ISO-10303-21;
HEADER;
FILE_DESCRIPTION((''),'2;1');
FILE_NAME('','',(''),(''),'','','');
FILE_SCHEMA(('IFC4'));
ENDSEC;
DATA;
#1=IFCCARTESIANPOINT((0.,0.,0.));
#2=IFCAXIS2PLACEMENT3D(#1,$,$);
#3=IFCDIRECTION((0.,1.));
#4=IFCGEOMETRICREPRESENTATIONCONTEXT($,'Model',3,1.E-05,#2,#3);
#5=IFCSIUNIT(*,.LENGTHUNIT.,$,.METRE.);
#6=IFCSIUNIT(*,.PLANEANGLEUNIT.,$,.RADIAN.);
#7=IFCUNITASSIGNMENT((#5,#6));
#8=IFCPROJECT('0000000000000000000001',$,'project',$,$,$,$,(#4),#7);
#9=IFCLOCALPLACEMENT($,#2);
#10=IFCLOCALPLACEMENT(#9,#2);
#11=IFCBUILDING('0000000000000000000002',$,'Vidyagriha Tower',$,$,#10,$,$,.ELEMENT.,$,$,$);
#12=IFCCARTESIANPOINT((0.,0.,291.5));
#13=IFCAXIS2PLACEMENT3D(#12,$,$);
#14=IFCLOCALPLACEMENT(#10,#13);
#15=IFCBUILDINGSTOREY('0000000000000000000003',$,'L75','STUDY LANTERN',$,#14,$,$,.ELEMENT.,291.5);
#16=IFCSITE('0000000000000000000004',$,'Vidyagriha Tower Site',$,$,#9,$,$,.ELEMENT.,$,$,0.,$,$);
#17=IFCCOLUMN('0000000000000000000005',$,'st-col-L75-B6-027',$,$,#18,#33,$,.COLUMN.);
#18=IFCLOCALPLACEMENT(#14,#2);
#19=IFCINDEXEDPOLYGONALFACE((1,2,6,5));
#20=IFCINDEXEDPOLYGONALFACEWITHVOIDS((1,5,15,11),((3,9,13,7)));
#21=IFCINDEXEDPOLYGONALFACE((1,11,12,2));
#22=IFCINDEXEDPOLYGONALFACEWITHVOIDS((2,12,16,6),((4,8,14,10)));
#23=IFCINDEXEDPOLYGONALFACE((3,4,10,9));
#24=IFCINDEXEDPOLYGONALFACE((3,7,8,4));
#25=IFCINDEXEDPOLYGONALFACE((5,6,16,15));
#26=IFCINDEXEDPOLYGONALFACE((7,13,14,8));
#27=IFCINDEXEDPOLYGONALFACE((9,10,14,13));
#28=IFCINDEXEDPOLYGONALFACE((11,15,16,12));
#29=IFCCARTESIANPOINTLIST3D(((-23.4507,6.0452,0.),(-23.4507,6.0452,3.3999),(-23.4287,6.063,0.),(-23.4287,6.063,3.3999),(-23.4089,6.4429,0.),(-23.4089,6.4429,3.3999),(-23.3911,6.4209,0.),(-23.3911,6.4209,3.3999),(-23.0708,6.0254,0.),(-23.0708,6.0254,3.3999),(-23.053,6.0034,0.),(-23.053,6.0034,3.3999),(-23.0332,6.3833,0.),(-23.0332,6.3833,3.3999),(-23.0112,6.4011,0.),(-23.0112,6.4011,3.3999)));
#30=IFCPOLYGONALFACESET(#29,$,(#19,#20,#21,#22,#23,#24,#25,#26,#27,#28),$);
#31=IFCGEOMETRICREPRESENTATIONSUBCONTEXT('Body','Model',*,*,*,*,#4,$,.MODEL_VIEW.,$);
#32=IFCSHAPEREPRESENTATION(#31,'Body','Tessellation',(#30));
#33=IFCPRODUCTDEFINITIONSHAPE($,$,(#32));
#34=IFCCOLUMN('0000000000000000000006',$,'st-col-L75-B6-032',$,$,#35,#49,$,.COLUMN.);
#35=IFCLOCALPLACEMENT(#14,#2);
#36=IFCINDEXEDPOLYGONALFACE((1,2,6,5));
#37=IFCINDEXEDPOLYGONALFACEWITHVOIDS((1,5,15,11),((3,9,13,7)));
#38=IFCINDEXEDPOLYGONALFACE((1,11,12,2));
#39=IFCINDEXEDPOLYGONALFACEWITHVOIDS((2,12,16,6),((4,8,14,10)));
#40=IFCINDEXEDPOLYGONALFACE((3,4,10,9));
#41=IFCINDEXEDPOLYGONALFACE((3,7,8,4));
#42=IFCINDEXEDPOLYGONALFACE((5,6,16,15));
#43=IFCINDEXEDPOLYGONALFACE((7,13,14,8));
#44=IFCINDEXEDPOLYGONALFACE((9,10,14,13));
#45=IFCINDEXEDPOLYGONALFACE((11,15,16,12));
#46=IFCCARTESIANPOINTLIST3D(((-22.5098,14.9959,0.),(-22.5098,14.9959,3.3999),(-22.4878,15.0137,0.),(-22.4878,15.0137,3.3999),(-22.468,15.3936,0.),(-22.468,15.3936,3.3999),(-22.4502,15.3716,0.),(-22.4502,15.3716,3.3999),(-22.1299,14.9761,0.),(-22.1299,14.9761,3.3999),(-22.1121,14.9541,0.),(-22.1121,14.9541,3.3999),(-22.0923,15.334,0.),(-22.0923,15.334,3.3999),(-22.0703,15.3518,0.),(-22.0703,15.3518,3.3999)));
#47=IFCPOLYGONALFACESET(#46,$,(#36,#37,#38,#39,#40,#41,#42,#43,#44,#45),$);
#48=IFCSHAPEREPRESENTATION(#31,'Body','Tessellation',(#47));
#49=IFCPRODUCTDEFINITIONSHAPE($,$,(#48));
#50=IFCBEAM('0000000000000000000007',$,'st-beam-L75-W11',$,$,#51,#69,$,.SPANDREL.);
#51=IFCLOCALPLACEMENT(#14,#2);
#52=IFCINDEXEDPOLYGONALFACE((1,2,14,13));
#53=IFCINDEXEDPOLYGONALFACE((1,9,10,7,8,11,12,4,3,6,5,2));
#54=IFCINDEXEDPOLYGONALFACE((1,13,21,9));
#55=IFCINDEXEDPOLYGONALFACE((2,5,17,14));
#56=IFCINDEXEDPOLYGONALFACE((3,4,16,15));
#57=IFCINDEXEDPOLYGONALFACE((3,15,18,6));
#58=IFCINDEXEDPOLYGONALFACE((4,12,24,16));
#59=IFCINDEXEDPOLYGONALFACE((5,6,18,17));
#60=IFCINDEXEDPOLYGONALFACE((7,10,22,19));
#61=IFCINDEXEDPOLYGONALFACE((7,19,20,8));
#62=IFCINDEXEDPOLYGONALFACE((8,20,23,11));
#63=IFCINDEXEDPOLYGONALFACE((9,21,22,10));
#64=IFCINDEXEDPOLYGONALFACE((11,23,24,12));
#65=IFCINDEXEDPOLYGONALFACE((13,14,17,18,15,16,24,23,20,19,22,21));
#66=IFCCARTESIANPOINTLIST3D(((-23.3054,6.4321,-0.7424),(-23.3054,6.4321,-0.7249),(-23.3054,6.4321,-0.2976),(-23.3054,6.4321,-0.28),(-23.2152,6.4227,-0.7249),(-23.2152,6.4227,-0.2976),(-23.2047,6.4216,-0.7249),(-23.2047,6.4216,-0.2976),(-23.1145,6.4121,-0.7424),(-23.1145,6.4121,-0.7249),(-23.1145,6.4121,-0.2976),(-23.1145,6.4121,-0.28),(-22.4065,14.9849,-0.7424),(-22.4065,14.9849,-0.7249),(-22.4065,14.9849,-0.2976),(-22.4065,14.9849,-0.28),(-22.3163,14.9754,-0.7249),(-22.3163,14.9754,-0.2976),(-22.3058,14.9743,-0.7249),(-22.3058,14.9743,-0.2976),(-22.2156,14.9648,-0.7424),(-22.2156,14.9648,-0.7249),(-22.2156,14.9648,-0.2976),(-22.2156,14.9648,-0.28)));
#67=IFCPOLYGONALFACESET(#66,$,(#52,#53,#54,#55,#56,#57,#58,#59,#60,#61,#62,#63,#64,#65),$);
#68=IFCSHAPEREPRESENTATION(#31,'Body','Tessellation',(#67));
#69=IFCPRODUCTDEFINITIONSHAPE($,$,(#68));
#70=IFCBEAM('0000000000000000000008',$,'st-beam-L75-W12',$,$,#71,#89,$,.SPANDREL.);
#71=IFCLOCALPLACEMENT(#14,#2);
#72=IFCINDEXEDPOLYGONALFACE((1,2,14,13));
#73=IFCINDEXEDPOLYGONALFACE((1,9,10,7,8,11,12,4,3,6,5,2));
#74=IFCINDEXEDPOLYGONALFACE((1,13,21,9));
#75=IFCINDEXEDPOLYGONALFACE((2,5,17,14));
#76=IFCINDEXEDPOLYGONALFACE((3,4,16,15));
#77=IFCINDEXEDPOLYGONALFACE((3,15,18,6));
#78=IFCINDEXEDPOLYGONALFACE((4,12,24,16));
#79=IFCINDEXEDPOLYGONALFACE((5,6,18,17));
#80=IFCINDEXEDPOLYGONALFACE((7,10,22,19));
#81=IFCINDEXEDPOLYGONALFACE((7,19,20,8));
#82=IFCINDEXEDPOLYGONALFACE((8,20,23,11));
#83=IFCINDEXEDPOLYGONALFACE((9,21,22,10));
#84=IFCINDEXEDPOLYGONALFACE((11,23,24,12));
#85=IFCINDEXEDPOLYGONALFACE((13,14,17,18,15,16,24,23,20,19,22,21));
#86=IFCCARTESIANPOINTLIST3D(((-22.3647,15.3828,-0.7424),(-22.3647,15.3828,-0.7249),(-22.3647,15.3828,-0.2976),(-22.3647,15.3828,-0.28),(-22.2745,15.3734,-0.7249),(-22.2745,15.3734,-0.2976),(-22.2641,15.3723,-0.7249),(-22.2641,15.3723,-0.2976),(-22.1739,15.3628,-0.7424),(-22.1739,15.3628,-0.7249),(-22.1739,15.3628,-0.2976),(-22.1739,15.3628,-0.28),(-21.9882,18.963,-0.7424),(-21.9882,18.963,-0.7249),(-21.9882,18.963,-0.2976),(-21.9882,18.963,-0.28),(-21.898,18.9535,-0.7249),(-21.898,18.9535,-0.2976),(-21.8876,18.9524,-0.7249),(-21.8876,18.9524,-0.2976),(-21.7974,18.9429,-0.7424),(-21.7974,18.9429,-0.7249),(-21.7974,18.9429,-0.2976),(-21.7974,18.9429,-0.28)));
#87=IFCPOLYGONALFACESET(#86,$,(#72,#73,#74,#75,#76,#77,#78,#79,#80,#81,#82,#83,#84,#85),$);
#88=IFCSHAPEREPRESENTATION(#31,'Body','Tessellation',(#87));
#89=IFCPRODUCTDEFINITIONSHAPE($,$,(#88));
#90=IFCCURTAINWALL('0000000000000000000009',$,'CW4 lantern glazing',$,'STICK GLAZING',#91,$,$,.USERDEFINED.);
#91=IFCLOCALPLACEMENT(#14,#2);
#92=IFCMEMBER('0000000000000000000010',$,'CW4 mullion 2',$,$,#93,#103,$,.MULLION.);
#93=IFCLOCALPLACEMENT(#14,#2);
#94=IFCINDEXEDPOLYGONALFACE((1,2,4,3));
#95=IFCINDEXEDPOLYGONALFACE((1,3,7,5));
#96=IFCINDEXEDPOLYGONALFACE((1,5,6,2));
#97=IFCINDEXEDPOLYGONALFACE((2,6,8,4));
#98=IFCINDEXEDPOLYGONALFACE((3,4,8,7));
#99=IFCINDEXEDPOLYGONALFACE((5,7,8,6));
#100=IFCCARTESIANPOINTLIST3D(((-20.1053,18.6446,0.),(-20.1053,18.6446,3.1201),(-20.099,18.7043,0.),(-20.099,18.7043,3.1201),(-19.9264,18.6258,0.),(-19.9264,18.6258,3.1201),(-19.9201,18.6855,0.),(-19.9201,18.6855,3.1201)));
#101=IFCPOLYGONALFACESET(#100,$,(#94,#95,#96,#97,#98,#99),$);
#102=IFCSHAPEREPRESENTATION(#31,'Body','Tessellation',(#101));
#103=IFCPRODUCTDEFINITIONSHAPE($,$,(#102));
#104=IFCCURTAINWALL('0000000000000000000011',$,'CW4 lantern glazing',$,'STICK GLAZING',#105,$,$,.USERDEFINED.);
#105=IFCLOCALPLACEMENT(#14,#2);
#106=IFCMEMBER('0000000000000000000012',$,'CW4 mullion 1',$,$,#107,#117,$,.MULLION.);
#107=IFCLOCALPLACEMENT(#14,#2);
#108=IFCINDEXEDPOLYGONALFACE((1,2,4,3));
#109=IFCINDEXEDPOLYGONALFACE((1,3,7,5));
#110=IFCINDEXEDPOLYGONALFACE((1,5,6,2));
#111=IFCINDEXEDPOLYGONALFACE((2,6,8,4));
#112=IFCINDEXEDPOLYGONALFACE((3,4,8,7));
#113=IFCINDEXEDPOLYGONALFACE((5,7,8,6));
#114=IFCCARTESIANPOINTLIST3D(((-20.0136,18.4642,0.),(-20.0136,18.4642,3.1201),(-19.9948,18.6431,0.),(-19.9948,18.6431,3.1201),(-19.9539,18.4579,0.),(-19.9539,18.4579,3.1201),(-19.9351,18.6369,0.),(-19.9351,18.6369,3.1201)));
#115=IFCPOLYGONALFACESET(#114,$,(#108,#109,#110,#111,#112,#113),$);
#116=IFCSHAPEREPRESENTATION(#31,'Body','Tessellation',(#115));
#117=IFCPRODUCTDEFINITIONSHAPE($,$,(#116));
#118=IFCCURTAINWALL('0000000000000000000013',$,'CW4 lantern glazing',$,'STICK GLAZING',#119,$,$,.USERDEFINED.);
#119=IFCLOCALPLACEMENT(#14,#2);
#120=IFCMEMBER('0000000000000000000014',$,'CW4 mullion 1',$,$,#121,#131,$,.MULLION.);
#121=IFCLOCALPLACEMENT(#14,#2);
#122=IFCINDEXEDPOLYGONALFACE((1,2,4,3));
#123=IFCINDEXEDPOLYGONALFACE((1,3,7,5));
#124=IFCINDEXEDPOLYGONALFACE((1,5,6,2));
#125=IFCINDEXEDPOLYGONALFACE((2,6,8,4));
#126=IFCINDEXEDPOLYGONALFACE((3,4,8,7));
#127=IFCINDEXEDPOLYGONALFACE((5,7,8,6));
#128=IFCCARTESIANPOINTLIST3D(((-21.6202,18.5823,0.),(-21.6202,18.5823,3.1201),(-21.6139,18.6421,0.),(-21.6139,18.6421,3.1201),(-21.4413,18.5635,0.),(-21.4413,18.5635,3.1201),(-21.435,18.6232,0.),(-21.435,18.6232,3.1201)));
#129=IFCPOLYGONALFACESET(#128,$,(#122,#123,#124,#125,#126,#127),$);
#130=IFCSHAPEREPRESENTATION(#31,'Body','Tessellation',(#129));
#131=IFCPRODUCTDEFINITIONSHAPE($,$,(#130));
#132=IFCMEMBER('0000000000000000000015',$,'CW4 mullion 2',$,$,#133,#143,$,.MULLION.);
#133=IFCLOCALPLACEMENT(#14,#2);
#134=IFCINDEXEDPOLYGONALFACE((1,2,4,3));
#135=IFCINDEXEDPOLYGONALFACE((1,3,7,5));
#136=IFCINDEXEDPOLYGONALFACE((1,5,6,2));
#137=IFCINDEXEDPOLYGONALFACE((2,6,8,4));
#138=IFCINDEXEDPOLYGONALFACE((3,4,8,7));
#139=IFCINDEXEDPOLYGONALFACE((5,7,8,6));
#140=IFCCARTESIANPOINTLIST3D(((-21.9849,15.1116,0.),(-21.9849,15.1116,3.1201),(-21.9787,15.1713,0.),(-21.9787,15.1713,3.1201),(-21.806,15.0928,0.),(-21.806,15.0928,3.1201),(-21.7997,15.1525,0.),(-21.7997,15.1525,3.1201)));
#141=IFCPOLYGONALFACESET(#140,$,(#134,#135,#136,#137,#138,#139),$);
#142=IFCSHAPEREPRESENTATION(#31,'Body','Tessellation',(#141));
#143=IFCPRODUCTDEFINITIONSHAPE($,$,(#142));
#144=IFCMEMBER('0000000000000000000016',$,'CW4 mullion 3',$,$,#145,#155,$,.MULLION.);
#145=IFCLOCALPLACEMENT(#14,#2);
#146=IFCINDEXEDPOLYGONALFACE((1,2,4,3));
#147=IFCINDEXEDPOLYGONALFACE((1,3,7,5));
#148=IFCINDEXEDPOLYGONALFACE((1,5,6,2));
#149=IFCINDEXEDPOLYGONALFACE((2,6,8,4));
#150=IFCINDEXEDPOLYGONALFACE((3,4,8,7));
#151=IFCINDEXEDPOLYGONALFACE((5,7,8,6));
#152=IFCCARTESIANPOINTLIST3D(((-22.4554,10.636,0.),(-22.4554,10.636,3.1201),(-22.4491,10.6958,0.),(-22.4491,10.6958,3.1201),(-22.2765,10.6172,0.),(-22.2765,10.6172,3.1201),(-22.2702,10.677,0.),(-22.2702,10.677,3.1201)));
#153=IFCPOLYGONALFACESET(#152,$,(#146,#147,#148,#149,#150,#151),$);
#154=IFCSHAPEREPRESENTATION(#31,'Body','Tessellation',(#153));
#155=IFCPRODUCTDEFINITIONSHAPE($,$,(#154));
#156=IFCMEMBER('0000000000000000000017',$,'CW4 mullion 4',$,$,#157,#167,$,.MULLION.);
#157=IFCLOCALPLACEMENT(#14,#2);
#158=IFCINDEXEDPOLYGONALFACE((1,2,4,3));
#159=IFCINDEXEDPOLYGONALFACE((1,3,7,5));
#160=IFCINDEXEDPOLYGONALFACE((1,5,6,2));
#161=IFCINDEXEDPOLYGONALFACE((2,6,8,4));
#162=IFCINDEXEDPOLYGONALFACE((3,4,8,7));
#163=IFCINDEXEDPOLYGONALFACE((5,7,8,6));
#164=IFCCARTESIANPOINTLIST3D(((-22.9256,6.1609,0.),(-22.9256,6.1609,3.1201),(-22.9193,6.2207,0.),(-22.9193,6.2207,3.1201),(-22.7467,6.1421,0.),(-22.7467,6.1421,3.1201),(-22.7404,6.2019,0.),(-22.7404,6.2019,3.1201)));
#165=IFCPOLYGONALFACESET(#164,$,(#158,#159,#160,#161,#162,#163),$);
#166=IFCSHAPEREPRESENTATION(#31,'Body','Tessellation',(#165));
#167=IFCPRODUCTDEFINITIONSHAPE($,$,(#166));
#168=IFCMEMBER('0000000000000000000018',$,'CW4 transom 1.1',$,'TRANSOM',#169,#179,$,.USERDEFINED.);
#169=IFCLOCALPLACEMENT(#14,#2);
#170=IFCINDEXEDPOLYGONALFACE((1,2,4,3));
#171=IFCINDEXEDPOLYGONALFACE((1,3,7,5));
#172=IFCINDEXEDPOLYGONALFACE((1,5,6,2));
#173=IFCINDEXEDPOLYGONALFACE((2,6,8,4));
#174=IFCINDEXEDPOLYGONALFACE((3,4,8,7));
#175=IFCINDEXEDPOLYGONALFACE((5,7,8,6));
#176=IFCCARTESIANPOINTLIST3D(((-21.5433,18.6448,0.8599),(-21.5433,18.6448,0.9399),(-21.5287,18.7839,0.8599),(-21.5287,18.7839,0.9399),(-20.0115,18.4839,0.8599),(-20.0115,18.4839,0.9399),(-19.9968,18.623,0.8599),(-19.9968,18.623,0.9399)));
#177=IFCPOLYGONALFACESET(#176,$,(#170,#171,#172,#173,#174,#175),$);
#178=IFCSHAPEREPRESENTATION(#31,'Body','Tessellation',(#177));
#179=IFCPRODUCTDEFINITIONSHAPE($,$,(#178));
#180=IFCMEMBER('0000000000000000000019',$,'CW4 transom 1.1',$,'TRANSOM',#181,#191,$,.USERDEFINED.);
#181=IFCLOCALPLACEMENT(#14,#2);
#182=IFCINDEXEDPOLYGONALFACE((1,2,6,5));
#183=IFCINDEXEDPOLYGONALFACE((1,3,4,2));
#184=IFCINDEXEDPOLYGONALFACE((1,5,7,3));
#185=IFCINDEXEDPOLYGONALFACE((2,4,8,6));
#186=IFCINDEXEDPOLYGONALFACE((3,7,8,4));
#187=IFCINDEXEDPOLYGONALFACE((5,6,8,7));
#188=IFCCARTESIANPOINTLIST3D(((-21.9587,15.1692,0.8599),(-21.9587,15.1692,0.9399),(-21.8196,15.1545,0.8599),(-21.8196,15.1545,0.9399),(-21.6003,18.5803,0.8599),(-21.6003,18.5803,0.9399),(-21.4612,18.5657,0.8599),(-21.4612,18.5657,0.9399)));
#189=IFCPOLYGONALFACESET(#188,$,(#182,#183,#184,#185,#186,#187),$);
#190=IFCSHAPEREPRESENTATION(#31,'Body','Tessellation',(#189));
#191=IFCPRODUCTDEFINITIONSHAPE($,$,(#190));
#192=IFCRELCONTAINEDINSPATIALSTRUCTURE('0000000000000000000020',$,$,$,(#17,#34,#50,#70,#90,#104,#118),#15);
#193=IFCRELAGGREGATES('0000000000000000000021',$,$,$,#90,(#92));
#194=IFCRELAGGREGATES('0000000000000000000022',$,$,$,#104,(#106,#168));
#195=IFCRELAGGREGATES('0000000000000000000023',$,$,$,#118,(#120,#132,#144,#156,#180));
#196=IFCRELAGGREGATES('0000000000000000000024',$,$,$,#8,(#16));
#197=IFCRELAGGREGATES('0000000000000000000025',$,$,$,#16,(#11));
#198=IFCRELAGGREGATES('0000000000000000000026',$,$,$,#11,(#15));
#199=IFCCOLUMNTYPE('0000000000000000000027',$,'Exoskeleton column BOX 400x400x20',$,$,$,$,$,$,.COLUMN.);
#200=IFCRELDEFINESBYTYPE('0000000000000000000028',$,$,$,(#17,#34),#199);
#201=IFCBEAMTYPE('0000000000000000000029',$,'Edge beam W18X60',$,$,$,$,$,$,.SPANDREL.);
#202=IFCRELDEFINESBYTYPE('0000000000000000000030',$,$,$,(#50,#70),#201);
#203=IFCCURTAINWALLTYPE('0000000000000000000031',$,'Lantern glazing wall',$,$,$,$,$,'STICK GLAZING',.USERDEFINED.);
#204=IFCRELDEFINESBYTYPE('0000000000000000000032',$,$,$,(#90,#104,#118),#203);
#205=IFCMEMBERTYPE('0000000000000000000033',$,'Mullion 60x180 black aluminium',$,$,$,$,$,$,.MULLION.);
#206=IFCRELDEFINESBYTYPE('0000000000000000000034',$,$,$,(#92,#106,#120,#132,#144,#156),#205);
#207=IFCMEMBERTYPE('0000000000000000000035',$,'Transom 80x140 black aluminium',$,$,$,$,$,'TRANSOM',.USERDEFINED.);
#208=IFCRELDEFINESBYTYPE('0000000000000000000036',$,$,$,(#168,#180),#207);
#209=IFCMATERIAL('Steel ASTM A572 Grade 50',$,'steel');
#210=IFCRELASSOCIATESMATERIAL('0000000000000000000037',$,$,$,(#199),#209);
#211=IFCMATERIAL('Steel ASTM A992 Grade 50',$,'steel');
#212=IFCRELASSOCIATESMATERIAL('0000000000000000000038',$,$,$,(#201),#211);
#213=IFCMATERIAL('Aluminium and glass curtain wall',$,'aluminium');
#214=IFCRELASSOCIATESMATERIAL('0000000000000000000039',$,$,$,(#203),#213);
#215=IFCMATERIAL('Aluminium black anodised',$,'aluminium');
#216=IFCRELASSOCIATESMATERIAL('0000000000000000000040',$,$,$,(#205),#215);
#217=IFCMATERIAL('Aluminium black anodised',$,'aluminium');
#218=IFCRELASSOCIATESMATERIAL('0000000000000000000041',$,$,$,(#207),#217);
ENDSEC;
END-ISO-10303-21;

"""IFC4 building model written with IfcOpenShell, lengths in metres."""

from ifc_helpers import new_model, si_unit, direction, frame, origin, origin_2d, place, context, subcontext, project, spatial, rectangle, hollow_rectangle, i_section, extrude, material, material_profile, profile_set, type_object, element, aggregate, save


model = new_model("IFC4")

# Units and contexts
model_context = context("Model", 3, precision=1e-05, world=origin(), true_north=direction((0.0, 1.0)))
body_context = subcontext(model_context, "Body", "Model", "MODEL_VIEW")
ifc_project = project(units=[si_unit("LENGTHUNIT", "METRE"), si_unit("PLANEANGLEUNIT", "RADIAN")], contexts=[model_context])

# Site, building, storey
site_placement = place(None, origin())
site = spatial("IfcSite", under=ifc_project, at=site_placement, Name="Vidyagriha Tower Site", CompositionType="ELEMENT", RefElevation=0.0)
building_placement = place(site_placement, origin())
building = spatial("IfcBuilding", under=site, at=building_placement, Name="Vidyagriha Tower", CompositionType="ELEMENT")
storey_placement = place(building_placement, frame((0.0, 0.0, 291.5)))
storey = spatial("IfcBuildingStorey", under=building, at=storey_placement, Name="L75", Description="STUDY LANTERN", CompositionType="ELEMENT", Elevation=291.5)

# Columns
ifc_material_1 = material(Name="Steel ASTM A572 Grade 50", Category="steel")
ifc_material_profile_1 = material_profile(ifc_material_1, hollow_rectangle(XDim=0.3999, YDim=0.3999, WallThickness=0.02, at=origin_2d()), Name="BOX 400x400x20")
ifc_profile_set_1 = profile_set([ifc_material_profile_1], Name="Steel ASTM A572 Grade 50")
column_type = type_object("IfcColumnType", Name="Exoskeleton column BOX 400x400x20", PredefinedType="COLUMN", material=ifc_profile_set_1)
for number, where, z_axis, x_axis, name in (
    (1, (-23.231, 6.2231, 0.0), (0.0, 0.0, 1.0), (0.994522, -0.104528, 0.0), "st-col-L75-B6-027"),
    (2, (-22.29, 15.1738, 0.0), (0.0, 0.0, 1.0), (0.994522, -0.104528, 0.0), "st-col-L75-B6-032"),
):
    element("IfcColumn", number, at=place(storey_placement, frame(where, z_axis=z_axis, x_axis=x_axis)), inside=storey, type_object=column_type, Name=name, PredefinedType="COLUMN", context=body_context, shape_type="SweptSolid", body=[
        extrude(hollow_rectangle(XDim=0.3999, YDim=0.3999, WallThickness=0.02, at=origin_2d()), origin(), (0.0, 0.0, 1.0), 3.3999),
    ])

# Beams
ifc_material_2 = material(Name="Steel ASTM A992 Grade 50", Category="steel")
ifc_material_profile_2 = material_profile(ifc_material_2, i_section(OverallWidth=0.1919, OverallDepth=0.4624, WebThickness=0.0105, FlangeThickness=0.0176, at=origin_2d()), Name="W18X60")
ifc_profile_set_2 = profile_set([ifc_material_profile_2], Name="Steel ASTM A992 Grade 50")
beam_type = type_object("IfcBeamType", Name="Edge beam W18X60", PredefinedType="SPANDREL", material=ifc_profile_set_2)
beam_1_placement = place(storey_placement, frame((-23.21, 6.4221, -0.5112), z_axis=(0.104528, 0.994522, 0.0), x_axis=(-0.994522, 0.104528, 0.0)))
element("IfcBeam", 3, at=beam_1_placement, inside=storey, type_object=beam_type, Name="st-beam-L75-W11", PredefinedType="SPANDREL", context=body_context, shape_type="SweptSolid", body=[
    extrude(i_section(OverallWidth=0.1919, OverallDepth=0.4624, WebThickness=0.0105, FlangeThickness=0.0176, at=origin_2d()), origin(), (0.0, 0.0, 1.0), 8.5999),
])
beam_2_placement = place(storey_placement, frame((-22.2693, 15.3728, -0.5112), z_axis=(0.104579, 0.994517, 0.0), x_axis=(-0.994517, 0.104579, 0.0)))
element("IfcBeam", 4, at=beam_2_placement, inside=storey, type_object=beam_type, Name="st-beam-L75-W12", PredefinedType="SPANDREL", context=body_context, shape_type="SweptSolid", body=[
    extrude(i_section(OverallWidth=0.1919, OverallDepth=0.4624, WebThickness=0.0105, FlangeThickness=0.0176, at=origin_2d()), origin(), (0.0, 0.0, 1.0), 3.5999),
])

# Curtain walls, members
ifc_material_3 = material(Name="Aluminium and glass curtain wall", Category="aluminium")
curtain_wall_type = type_object("IfcCurtainWallType", Name="Lantern glazing wall", ElementType="STICK GLAZING", PredefinedType="USERDEFINED", material=ifc_material_3)
curtain_wall_1_placement = place(storey_placement, origin())
curtain_wall_1 = element("IfcCurtainWall", 5, at=curtain_wall_1_placement, inside=storey, type_object=curtain_wall_type, Name="CW4 lantern glazing", ObjectType="STICK GLAZING", PredefinedType="USERDEFINED")
ifc_material_4 = material(Name="Aluminium black anodised", Category="aluminium")
ifc_material_profile_3 = material_profile(ifc_material_4, rectangle(XDim=0.1799, YDim=0.0601, at=origin_2d()), Name="Mullion 60x180 black aluminium")
ifc_profile_set_3 = profile_set([ifc_material_profile_3], Name="Aluminium black anodised")
member_type_1 = type_object("IfcMemberType", Name="Mullion 60x180 black aluminium", PredefinedType="MULLION", material=ifc_profile_set_3)
member_1_placement = place(storey_placement, frame((-20.0127, 18.665, 0.0), z_axis=(0.0, 0.0, 1.0), x_axis=(0.994518, -0.104564, 0.0)))
member_1 = element("IfcMember", 6, at=member_1_placement, type_object=member_type_1, Name="CW4 mullion 2", PredefinedType="MULLION", context=body_context, shape_type="SweptSolid", body=[
    extrude(rectangle(XDim=0.1799, YDim=0.0601, at=origin_2d()), origin(), (0.0, 0.0, 1.0), 3.1201),
])
aggregate(curtain_wall_1, [member_1])
curtain_wall_2_placement = place(storey_placement, origin())
curtain_wall_2 = element("IfcCurtainWall", 7, at=curtain_wall_2_placement, inside=storey, type_object=curtain_wall_type, Name="CW4 lantern glazing", ObjectType="STICK GLAZING", PredefinedType="USERDEFINED")
member_2_placement = place(storey_placement, frame((-19.9744, 18.5505, 0.0), z_axis=(0.0, 0.0, 1.0), x_axis=(-0.104453, -0.99453, 0.0)))
member_2 = element("IfcMember", 8, at=member_2_placement, type_object=member_type_1, Name="CW4 mullion 1", PredefinedType="MULLION", context=body_context, shape_type="SweptSolid", body=[
    extrude(rectangle(XDim=0.1799, YDim=0.0601, at=origin_2d()), origin(), (0.0, 0.0, 1.0), 3.1201),
])

# Curtain wall, members
curtain_wall_3_placement = place(storey_placement, origin())
curtain_wall_3 = element("IfcCurtainWall", 9, at=curtain_wall_3_placement, inside=storey, type_object=curtain_wall_type, Name="CW4 lantern glazing", ObjectType="STICK GLAZING", PredefinedType="USERDEFINED")
member_3_placement = place(storey_placement, frame((-21.5276, 18.6028, 0.0), z_axis=(0.0, 0.0, 1.0), x_axis=(0.994522, -0.104527, 0.0)))
member_3 = element("IfcMember", 10, at=member_3_placement, type_object=member_type_1, Name="CW4 mullion 1", PredefinedType="MULLION", context=body_context, shape_type="SweptSolid", body=[
    extrude(rectangle(XDim=0.1799, YDim=0.0601, at=origin_2d()), origin(), (0.0, 0.0, 1.0), 3.1201),
])
member_4_placement = place(storey_placement, frame((-21.8923, 15.1321, 0.0), z_axis=(0.0, 0.0, 1.0), x_axis=(0.994522, -0.104527, 0.0)))
member_4 = element("IfcMember", 11, at=member_4_placement, type_object=member_type_1, Name="CW4 mullion 2", PredefinedType="MULLION", context=body_context, shape_type="SweptSolid", body=[
    extrude(rectangle(XDim=0.1799, YDim=0.0601, at=origin_2d()), origin(), (0.0, 0.0, 1.0), 3.1201),
])
member_5_placement = place(storey_placement, frame((-22.3628, 10.6565, 0.0), z_axis=(0.0, 0.0, 1.0), x_axis=(0.994522, -0.104527, 0.0)))
member_5 = element("IfcMember", 12, at=member_5_placement, type_object=member_type_1, Name="CW4 mullion 3", PredefinedType="MULLION", context=body_context, shape_type="SweptSolid", body=[
    extrude(rectangle(XDim=0.1799, YDim=0.0601, at=origin_2d()), origin(), (0.0, 0.0, 1.0), 3.1201),
])
member_6_placement = place(storey_placement, frame((-22.833, 6.1814, 0.0), z_axis=(0.0, 0.0, 1.0), x_axis=(0.994522, -0.104527, 0.0)))
member_6 = element("IfcMember", 13, at=member_6_placement, type_object=member_type_1, Name="CW4 mullion 4", PredefinedType="MULLION", context=body_context, shape_type="SweptSolid", body=[
    extrude(rectangle(XDim=0.1799, YDim=0.0601, at=origin_2d()), origin(), (0.0, 0.0, 1.0), 3.1201),
])

# Members
ifc_material_5 = material(Name="Aluminium black anodised", Category="aluminium")
ifc_material_profile_4 = material_profile(ifc_material_5, rectangle(XDim=0.1399, YDim=0.0801, at=origin_2d()), Name="Transom 80x140 black aluminium")
ifc_profile_set_4 = profile_set([ifc_material_profile_4], Name="Aluminium black anodised")
member_type_2 = type_object("IfcMemberType", Name="Transom 80x140 black aluminium", ElementType="TRANSOM", PredefinedType="USERDEFINED", material=ifc_profile_set_4)
member_7_placement = place(storey_placement, frame((-20.0042, 18.5535, 0.8999), z_axis=(-0.994529, 0.104462, 0.0), x_axis=(-0.104462, -0.994529, 0.0)))
member_7 = element("IfcMember", 14, at=member_7_placement, type_object=member_type_2, Name="CW4 transom 1.1", ObjectType="TRANSOM", PredefinedType="USERDEFINED", context=body_context, shape_type="SweptSolid", body=[
    extrude(rectangle(XDim=0.1399, YDim=0.0801, at=origin_2d()), origin(), (0.0, 0.0, 1.0), 1.5403),
])
member_8_placement = place(storey_placement, frame((-21.5308, 18.573, 0.8999), z_axis=(-0.104492, -0.994526, 0.0), x_axis=(0.994526, -0.104492, 0.0)))
member_8 = element("IfcMember", 15, at=member_8_placement, type_object=member_type_2, Name="CW4 transom 1.1", ObjectType="TRANSOM", PredefinedType="USERDEFINED", context=body_context, shape_type="SweptSolid", body=[
    extrude(rectangle(XDim=0.1399, YDim=0.0801, at=origin_2d()), origin(), (0.0, 0.0, 1.0), 3.4299),
])

aggregate(curtain_wall_2, [member_2, member_7])
aggregate(curtain_wall_3, [member_3, member_4, member_5, member_6, member_8])

save(model, "model.ifc")
